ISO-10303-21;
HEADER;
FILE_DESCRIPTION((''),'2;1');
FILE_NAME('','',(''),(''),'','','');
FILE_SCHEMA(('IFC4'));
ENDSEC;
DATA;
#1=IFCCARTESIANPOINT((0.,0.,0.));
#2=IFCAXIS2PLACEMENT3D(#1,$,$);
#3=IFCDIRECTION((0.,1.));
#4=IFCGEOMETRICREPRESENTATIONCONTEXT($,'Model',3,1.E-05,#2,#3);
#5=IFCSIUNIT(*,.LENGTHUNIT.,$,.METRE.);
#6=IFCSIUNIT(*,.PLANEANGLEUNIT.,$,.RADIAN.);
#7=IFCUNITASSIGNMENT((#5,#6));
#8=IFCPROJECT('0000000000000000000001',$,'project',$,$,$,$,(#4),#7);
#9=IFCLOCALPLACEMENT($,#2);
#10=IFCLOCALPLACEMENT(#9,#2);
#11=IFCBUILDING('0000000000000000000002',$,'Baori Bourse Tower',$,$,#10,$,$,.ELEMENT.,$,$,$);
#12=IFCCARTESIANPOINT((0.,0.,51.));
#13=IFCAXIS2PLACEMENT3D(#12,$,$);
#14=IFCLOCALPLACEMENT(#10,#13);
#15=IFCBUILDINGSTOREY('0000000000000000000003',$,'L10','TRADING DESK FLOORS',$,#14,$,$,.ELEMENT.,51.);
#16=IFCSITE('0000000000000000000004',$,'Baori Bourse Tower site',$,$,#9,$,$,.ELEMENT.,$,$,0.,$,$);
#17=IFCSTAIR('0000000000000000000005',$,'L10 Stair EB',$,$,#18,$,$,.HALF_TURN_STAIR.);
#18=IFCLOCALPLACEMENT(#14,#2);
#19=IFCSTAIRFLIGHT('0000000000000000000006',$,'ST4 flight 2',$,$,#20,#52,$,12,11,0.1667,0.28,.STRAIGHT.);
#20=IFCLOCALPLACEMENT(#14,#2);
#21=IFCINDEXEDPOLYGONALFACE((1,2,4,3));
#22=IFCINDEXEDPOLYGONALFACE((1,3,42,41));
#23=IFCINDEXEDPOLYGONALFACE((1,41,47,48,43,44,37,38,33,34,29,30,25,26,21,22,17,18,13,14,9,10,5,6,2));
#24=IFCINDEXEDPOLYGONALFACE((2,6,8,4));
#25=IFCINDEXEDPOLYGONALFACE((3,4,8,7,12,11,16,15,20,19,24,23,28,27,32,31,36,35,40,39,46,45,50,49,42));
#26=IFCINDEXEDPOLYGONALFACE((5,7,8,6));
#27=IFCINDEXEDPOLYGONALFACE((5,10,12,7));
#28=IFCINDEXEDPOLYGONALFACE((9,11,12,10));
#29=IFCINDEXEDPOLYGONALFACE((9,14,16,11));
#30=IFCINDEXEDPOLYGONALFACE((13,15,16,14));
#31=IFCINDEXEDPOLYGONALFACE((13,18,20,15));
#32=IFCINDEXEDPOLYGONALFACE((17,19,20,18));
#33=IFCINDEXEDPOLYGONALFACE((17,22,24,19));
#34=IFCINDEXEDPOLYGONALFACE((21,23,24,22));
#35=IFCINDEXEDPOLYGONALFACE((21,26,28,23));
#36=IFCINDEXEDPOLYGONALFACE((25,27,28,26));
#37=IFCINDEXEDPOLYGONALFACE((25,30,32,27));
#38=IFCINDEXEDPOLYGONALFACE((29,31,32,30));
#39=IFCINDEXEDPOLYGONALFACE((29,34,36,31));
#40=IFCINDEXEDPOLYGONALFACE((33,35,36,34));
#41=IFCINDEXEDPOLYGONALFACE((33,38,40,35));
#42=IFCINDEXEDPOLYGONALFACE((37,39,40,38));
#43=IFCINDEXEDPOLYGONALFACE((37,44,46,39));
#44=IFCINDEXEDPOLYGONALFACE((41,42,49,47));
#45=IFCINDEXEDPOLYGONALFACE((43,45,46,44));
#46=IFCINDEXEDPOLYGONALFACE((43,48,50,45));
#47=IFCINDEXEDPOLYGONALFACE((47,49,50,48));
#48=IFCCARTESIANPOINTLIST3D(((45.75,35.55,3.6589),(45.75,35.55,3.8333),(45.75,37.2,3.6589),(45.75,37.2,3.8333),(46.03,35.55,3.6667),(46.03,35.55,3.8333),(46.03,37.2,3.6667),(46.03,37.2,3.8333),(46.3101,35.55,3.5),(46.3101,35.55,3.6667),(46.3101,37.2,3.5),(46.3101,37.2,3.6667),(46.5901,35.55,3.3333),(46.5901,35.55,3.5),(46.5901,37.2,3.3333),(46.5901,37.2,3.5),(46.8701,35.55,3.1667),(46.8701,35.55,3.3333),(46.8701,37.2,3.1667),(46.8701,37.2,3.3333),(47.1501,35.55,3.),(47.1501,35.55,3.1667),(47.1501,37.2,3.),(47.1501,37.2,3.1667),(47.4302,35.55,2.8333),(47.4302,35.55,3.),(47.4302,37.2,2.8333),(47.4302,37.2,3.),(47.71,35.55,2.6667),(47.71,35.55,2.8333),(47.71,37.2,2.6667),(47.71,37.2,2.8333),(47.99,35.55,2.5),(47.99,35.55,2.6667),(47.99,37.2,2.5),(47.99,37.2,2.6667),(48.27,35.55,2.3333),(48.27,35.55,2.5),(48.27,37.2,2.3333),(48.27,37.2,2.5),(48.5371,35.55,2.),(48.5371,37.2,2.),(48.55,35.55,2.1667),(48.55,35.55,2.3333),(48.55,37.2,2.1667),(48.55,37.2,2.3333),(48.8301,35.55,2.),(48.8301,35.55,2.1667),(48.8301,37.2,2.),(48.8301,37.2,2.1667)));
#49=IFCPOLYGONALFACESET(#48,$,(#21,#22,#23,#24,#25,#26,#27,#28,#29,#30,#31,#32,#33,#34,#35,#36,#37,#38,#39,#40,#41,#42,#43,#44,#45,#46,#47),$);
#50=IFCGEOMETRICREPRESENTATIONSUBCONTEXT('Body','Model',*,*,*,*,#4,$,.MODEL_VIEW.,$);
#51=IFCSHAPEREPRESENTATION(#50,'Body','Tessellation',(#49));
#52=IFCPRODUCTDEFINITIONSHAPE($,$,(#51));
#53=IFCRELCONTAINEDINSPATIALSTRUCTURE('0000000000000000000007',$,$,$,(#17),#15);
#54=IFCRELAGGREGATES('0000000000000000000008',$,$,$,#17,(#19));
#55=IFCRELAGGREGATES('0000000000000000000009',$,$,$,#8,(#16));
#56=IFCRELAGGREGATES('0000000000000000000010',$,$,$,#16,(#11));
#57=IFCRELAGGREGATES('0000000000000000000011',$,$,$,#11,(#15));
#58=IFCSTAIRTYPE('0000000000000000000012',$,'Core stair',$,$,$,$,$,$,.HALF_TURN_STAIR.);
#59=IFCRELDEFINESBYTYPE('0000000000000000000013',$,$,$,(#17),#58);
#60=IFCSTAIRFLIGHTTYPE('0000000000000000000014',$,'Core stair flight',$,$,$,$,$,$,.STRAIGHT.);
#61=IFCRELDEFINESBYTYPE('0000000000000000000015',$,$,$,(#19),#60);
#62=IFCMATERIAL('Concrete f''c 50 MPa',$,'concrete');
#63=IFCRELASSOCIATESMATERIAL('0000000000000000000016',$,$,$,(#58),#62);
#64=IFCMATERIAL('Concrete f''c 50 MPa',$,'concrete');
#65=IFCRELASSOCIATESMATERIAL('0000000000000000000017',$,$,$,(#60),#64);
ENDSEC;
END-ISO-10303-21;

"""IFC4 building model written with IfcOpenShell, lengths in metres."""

from ifc_helpers import new_model, si_unit, direction, frame, origin, place, context, subcontext, project, spatial, polyline, outline, extrude, material, type_object, element, aggregate, save


model = new_model("IFC4")

# Units and contexts
model_context = context("Model", 3, precision=1e-05, world=origin(), true_north=direction((0.0, 1.0)))
body_context = subcontext(model_context, "Body", "Model", "MODEL_VIEW")
ifc_project = project(units=[si_unit("LENGTHUNIT", "METRE"), si_unit("PLANEANGLEUNIT", "RADIAN")], contexts=[model_context])

# Site, building, storey
site_placement = place(None, origin())
site = spatial("IfcSite", under=ifc_project, at=site_placement, Name="Baori Bourse Tower site", CompositionType="ELEMENT", RefElevation=0.0)
building_placement = place(site_placement, origin())
building = spatial("IfcBuilding", under=site, at=building_placement, Name="Baori Bourse Tower", CompositionType="ELEMENT")
storey_placement = place(building_placement, frame((0.0, 0.0, 51.0)))
storey = spatial("IfcBuildingStorey", under=building, at=storey_placement, Name="L10", Description="TRADING DESK FLOORS", CompositionType="ELEMENT", Elevation=51.0)

# Stair, stair flight
ifc_material_1 = material(Name="Concrete f'c 50 MPa", Category="concrete")
stair_type = type_object("IfcStairType", Name="Core stair", PredefinedType="HALF_TURN_STAIR", material=ifc_material_1)
stair_placement = place(storey_placement, origin())
stair = element("IfcStair", 1, at=stair_placement, inside=storey, type_object=stair_type, Name="L10 Stair EB", PredefinedType="HALF_TURN_STAIR")
ifc_material_2 = material(Name="Concrete f'c 50 MPa", Category="concrete")
stair_flight_type = type_object("IfcStairFlightType", Name="Core stair flight", PredefinedType="STRAIGHT", material=ifc_material_2)
stair_flight_1_placement = place(storey_placement, frame((48.8301, 36.375, 2.0), z_axis=(0.0, 0.0, 1.0), x_axis=(-1.0, 0.0, 0.0)))
stair_flight_1 = element("IfcStairFlight", 2, at=stair_flight_1_placement, type_object=stair_flight_type, Name="ST4 flight 2", NumberOfRisers=12, NumberOfTreads=11, PredefinedType="STRAIGHT", RiserHeight=0.1667, TreadLength=0.28, context=body_context, shape_type="SweptSolid", body=[
    extrude(outline(polyline([(0.0, 0.0), (0.0, 0.1667), (0.28, 0.1667), (0.28, 0.3333), (0.5601, 0.3333), (0.5601, 0.5), (0.8401, 0.5), (0.8401, 0.6667), (1.1201, 0.6667), (1.1201, 0.8333), (1.3999, 0.8333), (1.3999, 1.0), (1.6799, 1.0), (1.6799, 1.1667), (1.96, 1.1667), (1.96, 1.3333), (2.24, 1.3333), (2.24, 1.5), (2.52, 1.5), (2.52, 1.6667), (2.8, 1.6667), (2.8, 1.8333), (3.0801, 1.8333), (3.0801, 2.0), (3.0801, 1.6589), (0.293, 0.0), (0.0, 0.0)])), frame((0.0, 0.825, 0.0), z_axis=(0.0, -1.0, 0.0), x_axis=(1.0, 0.0, 0.0)), (0.0, 0.0, 1.0), 1.6499),
])
aggregate(stair, [stair_flight_1])

save(model, "model.ifc")
